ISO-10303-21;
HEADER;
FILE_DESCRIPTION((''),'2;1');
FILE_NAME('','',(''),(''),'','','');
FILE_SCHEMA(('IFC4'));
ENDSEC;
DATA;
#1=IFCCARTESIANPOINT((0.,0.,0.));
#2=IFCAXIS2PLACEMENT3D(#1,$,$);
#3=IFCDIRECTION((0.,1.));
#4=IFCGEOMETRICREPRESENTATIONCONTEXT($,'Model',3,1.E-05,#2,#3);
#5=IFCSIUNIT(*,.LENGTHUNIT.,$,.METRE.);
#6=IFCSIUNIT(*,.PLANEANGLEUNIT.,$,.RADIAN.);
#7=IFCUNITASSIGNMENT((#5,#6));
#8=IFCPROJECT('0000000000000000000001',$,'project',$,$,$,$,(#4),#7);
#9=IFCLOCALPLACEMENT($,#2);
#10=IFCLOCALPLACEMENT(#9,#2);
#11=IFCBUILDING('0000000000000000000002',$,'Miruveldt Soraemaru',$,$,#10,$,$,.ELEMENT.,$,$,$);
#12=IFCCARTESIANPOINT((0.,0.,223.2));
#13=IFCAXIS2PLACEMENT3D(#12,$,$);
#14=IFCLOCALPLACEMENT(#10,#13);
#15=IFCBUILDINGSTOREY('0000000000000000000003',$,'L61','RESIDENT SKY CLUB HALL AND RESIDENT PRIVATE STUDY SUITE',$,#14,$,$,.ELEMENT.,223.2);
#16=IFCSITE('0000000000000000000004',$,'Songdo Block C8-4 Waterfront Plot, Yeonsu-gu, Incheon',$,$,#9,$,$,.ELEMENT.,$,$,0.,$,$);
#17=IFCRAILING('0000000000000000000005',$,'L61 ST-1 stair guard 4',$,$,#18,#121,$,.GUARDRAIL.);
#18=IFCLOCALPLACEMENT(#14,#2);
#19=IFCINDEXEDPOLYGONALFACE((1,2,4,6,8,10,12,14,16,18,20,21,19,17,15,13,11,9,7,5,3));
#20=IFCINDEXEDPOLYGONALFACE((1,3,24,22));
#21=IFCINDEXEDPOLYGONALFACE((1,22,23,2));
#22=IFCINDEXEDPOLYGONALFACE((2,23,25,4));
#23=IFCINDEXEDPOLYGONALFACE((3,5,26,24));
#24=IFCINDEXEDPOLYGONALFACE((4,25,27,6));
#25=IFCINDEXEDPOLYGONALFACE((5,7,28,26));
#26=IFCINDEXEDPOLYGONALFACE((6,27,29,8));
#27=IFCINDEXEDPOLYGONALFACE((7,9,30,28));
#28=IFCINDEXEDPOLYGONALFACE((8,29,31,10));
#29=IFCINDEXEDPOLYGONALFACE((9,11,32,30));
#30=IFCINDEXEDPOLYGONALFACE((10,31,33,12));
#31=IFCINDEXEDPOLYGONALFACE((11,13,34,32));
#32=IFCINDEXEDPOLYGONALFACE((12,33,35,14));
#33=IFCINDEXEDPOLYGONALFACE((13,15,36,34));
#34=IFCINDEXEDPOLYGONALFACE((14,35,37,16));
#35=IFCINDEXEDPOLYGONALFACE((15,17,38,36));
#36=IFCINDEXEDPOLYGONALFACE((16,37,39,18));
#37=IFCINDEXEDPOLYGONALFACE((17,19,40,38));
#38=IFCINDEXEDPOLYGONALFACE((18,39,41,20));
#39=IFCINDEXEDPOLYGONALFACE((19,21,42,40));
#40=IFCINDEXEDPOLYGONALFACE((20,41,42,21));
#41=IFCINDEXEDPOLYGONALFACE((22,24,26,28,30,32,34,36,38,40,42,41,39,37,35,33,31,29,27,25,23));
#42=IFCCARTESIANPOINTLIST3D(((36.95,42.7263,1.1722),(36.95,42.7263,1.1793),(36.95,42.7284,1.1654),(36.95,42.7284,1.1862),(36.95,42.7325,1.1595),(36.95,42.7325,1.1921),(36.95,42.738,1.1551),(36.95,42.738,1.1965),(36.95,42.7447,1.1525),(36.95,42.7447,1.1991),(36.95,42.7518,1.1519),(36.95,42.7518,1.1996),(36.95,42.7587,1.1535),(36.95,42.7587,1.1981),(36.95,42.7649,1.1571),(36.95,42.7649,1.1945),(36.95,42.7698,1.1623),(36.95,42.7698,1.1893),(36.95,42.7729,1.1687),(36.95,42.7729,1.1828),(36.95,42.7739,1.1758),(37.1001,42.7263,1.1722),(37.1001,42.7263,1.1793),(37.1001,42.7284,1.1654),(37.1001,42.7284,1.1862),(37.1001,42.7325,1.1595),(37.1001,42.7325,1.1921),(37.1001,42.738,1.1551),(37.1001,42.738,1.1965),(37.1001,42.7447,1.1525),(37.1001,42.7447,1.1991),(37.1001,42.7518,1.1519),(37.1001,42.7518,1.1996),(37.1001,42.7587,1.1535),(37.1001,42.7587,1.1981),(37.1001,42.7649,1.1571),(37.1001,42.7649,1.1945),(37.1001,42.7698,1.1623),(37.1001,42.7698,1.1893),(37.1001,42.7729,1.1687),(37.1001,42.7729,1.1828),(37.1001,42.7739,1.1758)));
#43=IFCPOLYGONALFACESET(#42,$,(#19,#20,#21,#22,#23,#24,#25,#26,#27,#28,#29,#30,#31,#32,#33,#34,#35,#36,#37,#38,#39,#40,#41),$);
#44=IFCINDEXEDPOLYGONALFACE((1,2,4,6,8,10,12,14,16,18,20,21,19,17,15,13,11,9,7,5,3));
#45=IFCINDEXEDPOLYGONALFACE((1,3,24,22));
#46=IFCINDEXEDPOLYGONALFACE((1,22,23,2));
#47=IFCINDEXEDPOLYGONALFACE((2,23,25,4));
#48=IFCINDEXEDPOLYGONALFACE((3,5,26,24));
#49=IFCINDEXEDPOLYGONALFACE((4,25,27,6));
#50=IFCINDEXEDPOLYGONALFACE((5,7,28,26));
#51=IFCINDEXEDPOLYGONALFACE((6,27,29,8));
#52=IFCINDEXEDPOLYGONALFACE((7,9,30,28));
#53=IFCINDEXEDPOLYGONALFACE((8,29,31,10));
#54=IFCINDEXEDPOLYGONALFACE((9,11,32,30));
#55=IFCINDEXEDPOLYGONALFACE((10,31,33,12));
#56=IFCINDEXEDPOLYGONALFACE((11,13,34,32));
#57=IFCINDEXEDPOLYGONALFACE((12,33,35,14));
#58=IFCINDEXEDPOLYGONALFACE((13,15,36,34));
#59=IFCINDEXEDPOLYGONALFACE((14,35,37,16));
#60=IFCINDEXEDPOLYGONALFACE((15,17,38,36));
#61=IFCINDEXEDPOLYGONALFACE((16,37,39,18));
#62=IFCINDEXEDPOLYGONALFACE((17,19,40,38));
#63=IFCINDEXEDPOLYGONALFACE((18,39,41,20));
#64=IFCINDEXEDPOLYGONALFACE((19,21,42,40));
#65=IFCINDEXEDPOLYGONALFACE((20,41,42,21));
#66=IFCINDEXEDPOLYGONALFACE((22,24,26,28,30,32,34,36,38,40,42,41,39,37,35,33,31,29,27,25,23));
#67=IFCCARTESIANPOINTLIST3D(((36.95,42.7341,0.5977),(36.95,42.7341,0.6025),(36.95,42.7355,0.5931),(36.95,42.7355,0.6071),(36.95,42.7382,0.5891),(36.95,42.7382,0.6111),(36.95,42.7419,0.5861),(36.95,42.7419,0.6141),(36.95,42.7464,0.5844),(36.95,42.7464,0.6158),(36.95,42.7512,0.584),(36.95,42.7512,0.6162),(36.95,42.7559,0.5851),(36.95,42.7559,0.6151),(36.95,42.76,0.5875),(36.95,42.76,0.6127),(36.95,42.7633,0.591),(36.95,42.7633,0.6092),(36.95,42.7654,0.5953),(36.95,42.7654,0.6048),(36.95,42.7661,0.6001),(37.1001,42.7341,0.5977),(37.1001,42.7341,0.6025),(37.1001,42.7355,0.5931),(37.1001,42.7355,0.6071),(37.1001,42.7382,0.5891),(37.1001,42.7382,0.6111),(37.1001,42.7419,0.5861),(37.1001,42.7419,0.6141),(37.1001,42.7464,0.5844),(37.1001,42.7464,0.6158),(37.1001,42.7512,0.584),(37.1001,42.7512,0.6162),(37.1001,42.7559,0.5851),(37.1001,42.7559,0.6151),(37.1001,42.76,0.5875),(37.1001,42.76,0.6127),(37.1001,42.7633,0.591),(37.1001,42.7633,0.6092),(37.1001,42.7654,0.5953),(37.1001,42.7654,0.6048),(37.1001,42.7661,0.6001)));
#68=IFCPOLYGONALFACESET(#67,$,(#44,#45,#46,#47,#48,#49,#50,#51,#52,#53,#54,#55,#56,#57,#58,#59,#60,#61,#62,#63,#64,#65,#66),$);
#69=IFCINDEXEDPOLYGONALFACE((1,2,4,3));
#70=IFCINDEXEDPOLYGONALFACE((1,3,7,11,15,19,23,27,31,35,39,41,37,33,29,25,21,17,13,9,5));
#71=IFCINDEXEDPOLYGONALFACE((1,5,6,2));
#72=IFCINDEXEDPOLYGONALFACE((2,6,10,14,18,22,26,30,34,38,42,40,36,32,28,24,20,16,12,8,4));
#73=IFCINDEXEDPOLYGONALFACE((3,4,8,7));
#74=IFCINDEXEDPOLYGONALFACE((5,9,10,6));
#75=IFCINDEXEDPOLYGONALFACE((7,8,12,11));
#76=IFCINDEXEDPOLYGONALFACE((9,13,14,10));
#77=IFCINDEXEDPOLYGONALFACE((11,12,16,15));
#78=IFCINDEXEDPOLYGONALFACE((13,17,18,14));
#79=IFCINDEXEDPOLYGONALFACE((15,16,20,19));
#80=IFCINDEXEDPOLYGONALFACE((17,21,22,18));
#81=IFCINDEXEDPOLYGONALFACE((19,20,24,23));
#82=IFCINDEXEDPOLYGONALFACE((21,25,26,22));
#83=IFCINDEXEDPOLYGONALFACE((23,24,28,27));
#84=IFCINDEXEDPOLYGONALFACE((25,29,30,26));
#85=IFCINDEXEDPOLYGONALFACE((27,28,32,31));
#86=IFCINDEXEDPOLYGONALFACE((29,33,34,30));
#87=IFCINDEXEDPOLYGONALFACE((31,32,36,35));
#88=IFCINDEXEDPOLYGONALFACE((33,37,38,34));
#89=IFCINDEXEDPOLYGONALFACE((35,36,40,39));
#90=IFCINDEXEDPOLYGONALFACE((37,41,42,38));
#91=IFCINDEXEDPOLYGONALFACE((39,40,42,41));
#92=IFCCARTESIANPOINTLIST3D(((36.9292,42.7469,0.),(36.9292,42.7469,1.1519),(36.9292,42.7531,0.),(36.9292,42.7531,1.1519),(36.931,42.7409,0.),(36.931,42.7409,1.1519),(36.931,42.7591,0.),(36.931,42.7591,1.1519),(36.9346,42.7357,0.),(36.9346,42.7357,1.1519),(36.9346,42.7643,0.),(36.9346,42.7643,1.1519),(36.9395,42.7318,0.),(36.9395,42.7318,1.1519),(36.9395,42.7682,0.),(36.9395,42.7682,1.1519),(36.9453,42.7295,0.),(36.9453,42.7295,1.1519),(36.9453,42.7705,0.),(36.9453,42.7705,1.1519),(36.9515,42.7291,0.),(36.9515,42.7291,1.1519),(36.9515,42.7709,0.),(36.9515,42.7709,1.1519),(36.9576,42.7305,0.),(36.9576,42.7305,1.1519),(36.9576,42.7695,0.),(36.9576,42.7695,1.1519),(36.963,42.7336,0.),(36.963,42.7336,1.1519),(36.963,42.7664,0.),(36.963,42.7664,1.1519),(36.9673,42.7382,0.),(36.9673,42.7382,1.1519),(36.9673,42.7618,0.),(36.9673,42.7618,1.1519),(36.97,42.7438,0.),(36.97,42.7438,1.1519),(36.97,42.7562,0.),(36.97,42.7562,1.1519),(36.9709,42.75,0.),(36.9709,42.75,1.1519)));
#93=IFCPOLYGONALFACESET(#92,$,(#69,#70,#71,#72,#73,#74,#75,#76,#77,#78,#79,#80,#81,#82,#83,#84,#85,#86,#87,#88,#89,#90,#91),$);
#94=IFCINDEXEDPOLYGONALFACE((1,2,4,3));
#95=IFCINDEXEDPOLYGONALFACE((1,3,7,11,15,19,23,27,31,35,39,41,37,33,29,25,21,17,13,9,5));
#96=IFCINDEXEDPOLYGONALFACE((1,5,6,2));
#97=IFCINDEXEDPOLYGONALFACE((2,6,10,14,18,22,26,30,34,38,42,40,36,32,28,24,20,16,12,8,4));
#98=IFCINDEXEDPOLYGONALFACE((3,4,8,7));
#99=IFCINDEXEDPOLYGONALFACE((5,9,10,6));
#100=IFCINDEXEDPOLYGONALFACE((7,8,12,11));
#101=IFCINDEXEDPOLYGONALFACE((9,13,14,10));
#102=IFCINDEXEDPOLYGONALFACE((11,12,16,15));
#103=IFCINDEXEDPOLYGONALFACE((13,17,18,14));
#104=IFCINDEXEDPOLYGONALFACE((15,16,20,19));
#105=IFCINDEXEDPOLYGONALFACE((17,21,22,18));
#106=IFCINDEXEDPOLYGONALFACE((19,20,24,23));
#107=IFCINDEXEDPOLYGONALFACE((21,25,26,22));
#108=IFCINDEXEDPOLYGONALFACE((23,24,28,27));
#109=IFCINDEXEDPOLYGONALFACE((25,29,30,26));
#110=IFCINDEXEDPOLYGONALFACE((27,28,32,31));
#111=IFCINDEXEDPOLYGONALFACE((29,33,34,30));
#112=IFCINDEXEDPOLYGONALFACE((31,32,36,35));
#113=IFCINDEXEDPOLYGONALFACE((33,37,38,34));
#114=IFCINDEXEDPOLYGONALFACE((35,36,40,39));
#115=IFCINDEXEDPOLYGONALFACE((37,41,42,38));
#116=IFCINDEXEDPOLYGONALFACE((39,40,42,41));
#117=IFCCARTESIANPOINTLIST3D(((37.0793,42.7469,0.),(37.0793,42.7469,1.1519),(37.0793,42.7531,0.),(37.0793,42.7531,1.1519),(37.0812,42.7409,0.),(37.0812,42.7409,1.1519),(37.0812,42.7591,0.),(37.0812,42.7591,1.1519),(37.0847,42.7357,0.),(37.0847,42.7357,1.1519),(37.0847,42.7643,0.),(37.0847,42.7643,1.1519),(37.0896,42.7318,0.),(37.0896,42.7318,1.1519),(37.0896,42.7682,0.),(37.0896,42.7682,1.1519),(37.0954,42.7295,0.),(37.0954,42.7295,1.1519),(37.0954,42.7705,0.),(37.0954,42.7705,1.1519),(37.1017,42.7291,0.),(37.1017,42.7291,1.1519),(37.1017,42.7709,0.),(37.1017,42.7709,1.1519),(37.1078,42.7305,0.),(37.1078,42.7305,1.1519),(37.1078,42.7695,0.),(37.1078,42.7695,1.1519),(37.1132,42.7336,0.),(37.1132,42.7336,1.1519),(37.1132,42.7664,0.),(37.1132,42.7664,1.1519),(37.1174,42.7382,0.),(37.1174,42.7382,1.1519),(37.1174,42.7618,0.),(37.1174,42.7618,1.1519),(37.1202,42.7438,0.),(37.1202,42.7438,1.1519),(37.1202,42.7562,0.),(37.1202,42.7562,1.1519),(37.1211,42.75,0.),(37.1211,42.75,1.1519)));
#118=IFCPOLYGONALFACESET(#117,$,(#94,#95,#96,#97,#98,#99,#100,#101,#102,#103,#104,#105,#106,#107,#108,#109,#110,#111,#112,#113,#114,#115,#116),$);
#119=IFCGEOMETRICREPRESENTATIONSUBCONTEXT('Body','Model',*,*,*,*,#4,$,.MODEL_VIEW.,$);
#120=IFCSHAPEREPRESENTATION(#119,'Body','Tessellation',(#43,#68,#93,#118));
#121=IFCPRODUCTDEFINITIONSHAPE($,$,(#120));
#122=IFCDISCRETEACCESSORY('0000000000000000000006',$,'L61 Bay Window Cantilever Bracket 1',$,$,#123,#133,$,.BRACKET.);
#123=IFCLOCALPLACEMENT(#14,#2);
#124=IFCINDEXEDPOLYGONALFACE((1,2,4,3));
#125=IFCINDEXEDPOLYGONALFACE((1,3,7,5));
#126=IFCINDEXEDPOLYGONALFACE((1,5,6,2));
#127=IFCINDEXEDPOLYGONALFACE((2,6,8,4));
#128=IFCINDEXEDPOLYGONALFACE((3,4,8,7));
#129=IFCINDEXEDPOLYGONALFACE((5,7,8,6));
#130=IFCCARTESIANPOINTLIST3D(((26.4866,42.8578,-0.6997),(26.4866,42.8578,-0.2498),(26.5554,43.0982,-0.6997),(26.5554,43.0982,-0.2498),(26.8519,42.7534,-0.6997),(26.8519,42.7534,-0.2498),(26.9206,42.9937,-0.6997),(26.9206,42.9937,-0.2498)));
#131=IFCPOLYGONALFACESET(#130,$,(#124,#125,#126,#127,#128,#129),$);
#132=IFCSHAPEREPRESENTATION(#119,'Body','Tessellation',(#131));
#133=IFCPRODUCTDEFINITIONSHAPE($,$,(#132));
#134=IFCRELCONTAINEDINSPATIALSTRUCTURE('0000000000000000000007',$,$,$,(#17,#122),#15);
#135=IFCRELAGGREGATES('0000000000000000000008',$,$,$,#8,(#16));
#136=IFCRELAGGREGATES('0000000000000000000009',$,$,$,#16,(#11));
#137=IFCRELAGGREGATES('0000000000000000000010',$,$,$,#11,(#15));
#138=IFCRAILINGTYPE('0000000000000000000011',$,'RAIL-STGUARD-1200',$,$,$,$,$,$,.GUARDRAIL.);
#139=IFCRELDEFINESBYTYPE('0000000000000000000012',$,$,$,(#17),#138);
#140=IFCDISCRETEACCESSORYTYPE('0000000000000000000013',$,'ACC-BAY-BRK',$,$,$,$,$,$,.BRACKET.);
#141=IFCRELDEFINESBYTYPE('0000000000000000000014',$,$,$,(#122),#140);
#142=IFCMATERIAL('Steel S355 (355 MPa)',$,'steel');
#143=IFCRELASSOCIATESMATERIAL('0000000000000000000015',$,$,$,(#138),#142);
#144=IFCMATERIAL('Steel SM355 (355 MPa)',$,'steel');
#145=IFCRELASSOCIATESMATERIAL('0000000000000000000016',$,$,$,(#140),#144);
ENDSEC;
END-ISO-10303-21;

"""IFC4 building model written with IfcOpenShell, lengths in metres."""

from ifc_helpers import new_model, si_unit, direction, frame, origin, origin_2d, place, context, subcontext, project, spatial, rectangle, circle, extrude, material, type_object, element, save


model = new_model("IFC4")

# Units and contexts
model_context = context("Model", 3, precision=1e-05, world=origin(), true_north=direction((0.0, 1.0)))
body_context = subcontext(model_context, "Body", "Model", "MODEL_VIEW")
ifc_project = project(units=[si_unit("LENGTHUNIT", "METRE"), si_unit("PLANEANGLEUNIT", "RADIAN")], contexts=[model_context])

# Site, building, storey
site_placement = place(None, origin())
site = spatial("IfcSite", under=ifc_project, at=site_placement, Name="Songdo Block C8-4 Waterfront Plot, Yeonsu-gu, Incheon", CompositionType="ELEMENT", RefElevation=0.0)
building_placement = place(site_placement, origin())
building = spatial("IfcBuilding", under=site, at=building_placement, Name="Miruveldt Soraemaru", CompositionType="ELEMENT")
storey_placement = place(building_placement, frame((0.0, 0.0, 223.2)))
storey = spatial("IfcBuildingStorey", under=building, at=storey_placement, Name="L61", Description="RESIDENT SKY CLUB HALL AND RESIDENT PRIVATE STUDY SUITE", CompositionType="ELEMENT", Elevation=223.2)

# Railing
ifc_material_1 = material(Name="Steel S355 (355 MPa)", Category="steel")
railing_type_1 = type_object("IfcRailingType", Name="RAIL-STGUARD-1200", PredefinedType="GUARDRAIL", material=ifc_material_1)
railing_1_placement = place(storey_placement, frame((36.95, 42.75, 0.0)))
element("IfcRailing", 1, at=railing_1_placement, inside=storey, type_object=railing_type_1, Name="L61 ST-1 stair guard 4", PredefinedType="GUARDRAIL", context=body_context, shape_type="SweptSolid", body=[
    extrude(circle(Radius=0.0239, at=origin_2d()), frame((0.0, 0.0, 1.1758), z_axis=(1.0, 0.0, 0.0), x_axis=(0.0, 1.0, 0.0)), (0.0, 0.0, 1.0), 0.1501),
    extrude(circle(Radius=0.0161, at=origin_2d()), frame((0.0, 0.0, 0.6001), z_axis=(1.0, 0.0, 0.0), x_axis=(0.0, 1.0, 0.0)), (0.0, 0.0, 1.0), 0.1501),
    extrude(circle(Radius=0.021, at=origin_2d()), origin(), (0.0, 0.0, 1.0), 1.1519),
    extrude(circle(Radius=0.021, at=origin_2d()), frame((0.1501, 0.0, 0.0)), (0.0, 0.0, 1.0), 1.1519),
])

# Discrete accessory
ifc_material_2 = material(Name="Steel SM355 (355 MPa)", Category="steel")
discrete_accessory_type = type_object("IfcDiscreteAccessoryType", Name="ACC-BAY-BRK", PredefinedType="BRACKET", material=ifc_material_2)
discrete_accessory_placement = place(storey_placement, frame((26.7036, 42.9258, -0.6997), z_axis=(0.0, 0.0, 1.0), x_axis=(-0.961449, 0.274983, 0.0)))
element("IfcDiscreteAccessory", 2, at=discrete_accessory_placement, inside=storey, type_object=discrete_accessory_type, Name="L61 Bay Window Cantilever Bracket 1", PredefinedType="BRACKET", context=body_context, shape_type="SweptSolid", body=[
    extrude(rectangle(XDim=0.3799, YDim=0.25, at=origin_2d()), origin(), (0.0, 0.0, 1.0), 0.45),
])

save(model, "model.ifc")
